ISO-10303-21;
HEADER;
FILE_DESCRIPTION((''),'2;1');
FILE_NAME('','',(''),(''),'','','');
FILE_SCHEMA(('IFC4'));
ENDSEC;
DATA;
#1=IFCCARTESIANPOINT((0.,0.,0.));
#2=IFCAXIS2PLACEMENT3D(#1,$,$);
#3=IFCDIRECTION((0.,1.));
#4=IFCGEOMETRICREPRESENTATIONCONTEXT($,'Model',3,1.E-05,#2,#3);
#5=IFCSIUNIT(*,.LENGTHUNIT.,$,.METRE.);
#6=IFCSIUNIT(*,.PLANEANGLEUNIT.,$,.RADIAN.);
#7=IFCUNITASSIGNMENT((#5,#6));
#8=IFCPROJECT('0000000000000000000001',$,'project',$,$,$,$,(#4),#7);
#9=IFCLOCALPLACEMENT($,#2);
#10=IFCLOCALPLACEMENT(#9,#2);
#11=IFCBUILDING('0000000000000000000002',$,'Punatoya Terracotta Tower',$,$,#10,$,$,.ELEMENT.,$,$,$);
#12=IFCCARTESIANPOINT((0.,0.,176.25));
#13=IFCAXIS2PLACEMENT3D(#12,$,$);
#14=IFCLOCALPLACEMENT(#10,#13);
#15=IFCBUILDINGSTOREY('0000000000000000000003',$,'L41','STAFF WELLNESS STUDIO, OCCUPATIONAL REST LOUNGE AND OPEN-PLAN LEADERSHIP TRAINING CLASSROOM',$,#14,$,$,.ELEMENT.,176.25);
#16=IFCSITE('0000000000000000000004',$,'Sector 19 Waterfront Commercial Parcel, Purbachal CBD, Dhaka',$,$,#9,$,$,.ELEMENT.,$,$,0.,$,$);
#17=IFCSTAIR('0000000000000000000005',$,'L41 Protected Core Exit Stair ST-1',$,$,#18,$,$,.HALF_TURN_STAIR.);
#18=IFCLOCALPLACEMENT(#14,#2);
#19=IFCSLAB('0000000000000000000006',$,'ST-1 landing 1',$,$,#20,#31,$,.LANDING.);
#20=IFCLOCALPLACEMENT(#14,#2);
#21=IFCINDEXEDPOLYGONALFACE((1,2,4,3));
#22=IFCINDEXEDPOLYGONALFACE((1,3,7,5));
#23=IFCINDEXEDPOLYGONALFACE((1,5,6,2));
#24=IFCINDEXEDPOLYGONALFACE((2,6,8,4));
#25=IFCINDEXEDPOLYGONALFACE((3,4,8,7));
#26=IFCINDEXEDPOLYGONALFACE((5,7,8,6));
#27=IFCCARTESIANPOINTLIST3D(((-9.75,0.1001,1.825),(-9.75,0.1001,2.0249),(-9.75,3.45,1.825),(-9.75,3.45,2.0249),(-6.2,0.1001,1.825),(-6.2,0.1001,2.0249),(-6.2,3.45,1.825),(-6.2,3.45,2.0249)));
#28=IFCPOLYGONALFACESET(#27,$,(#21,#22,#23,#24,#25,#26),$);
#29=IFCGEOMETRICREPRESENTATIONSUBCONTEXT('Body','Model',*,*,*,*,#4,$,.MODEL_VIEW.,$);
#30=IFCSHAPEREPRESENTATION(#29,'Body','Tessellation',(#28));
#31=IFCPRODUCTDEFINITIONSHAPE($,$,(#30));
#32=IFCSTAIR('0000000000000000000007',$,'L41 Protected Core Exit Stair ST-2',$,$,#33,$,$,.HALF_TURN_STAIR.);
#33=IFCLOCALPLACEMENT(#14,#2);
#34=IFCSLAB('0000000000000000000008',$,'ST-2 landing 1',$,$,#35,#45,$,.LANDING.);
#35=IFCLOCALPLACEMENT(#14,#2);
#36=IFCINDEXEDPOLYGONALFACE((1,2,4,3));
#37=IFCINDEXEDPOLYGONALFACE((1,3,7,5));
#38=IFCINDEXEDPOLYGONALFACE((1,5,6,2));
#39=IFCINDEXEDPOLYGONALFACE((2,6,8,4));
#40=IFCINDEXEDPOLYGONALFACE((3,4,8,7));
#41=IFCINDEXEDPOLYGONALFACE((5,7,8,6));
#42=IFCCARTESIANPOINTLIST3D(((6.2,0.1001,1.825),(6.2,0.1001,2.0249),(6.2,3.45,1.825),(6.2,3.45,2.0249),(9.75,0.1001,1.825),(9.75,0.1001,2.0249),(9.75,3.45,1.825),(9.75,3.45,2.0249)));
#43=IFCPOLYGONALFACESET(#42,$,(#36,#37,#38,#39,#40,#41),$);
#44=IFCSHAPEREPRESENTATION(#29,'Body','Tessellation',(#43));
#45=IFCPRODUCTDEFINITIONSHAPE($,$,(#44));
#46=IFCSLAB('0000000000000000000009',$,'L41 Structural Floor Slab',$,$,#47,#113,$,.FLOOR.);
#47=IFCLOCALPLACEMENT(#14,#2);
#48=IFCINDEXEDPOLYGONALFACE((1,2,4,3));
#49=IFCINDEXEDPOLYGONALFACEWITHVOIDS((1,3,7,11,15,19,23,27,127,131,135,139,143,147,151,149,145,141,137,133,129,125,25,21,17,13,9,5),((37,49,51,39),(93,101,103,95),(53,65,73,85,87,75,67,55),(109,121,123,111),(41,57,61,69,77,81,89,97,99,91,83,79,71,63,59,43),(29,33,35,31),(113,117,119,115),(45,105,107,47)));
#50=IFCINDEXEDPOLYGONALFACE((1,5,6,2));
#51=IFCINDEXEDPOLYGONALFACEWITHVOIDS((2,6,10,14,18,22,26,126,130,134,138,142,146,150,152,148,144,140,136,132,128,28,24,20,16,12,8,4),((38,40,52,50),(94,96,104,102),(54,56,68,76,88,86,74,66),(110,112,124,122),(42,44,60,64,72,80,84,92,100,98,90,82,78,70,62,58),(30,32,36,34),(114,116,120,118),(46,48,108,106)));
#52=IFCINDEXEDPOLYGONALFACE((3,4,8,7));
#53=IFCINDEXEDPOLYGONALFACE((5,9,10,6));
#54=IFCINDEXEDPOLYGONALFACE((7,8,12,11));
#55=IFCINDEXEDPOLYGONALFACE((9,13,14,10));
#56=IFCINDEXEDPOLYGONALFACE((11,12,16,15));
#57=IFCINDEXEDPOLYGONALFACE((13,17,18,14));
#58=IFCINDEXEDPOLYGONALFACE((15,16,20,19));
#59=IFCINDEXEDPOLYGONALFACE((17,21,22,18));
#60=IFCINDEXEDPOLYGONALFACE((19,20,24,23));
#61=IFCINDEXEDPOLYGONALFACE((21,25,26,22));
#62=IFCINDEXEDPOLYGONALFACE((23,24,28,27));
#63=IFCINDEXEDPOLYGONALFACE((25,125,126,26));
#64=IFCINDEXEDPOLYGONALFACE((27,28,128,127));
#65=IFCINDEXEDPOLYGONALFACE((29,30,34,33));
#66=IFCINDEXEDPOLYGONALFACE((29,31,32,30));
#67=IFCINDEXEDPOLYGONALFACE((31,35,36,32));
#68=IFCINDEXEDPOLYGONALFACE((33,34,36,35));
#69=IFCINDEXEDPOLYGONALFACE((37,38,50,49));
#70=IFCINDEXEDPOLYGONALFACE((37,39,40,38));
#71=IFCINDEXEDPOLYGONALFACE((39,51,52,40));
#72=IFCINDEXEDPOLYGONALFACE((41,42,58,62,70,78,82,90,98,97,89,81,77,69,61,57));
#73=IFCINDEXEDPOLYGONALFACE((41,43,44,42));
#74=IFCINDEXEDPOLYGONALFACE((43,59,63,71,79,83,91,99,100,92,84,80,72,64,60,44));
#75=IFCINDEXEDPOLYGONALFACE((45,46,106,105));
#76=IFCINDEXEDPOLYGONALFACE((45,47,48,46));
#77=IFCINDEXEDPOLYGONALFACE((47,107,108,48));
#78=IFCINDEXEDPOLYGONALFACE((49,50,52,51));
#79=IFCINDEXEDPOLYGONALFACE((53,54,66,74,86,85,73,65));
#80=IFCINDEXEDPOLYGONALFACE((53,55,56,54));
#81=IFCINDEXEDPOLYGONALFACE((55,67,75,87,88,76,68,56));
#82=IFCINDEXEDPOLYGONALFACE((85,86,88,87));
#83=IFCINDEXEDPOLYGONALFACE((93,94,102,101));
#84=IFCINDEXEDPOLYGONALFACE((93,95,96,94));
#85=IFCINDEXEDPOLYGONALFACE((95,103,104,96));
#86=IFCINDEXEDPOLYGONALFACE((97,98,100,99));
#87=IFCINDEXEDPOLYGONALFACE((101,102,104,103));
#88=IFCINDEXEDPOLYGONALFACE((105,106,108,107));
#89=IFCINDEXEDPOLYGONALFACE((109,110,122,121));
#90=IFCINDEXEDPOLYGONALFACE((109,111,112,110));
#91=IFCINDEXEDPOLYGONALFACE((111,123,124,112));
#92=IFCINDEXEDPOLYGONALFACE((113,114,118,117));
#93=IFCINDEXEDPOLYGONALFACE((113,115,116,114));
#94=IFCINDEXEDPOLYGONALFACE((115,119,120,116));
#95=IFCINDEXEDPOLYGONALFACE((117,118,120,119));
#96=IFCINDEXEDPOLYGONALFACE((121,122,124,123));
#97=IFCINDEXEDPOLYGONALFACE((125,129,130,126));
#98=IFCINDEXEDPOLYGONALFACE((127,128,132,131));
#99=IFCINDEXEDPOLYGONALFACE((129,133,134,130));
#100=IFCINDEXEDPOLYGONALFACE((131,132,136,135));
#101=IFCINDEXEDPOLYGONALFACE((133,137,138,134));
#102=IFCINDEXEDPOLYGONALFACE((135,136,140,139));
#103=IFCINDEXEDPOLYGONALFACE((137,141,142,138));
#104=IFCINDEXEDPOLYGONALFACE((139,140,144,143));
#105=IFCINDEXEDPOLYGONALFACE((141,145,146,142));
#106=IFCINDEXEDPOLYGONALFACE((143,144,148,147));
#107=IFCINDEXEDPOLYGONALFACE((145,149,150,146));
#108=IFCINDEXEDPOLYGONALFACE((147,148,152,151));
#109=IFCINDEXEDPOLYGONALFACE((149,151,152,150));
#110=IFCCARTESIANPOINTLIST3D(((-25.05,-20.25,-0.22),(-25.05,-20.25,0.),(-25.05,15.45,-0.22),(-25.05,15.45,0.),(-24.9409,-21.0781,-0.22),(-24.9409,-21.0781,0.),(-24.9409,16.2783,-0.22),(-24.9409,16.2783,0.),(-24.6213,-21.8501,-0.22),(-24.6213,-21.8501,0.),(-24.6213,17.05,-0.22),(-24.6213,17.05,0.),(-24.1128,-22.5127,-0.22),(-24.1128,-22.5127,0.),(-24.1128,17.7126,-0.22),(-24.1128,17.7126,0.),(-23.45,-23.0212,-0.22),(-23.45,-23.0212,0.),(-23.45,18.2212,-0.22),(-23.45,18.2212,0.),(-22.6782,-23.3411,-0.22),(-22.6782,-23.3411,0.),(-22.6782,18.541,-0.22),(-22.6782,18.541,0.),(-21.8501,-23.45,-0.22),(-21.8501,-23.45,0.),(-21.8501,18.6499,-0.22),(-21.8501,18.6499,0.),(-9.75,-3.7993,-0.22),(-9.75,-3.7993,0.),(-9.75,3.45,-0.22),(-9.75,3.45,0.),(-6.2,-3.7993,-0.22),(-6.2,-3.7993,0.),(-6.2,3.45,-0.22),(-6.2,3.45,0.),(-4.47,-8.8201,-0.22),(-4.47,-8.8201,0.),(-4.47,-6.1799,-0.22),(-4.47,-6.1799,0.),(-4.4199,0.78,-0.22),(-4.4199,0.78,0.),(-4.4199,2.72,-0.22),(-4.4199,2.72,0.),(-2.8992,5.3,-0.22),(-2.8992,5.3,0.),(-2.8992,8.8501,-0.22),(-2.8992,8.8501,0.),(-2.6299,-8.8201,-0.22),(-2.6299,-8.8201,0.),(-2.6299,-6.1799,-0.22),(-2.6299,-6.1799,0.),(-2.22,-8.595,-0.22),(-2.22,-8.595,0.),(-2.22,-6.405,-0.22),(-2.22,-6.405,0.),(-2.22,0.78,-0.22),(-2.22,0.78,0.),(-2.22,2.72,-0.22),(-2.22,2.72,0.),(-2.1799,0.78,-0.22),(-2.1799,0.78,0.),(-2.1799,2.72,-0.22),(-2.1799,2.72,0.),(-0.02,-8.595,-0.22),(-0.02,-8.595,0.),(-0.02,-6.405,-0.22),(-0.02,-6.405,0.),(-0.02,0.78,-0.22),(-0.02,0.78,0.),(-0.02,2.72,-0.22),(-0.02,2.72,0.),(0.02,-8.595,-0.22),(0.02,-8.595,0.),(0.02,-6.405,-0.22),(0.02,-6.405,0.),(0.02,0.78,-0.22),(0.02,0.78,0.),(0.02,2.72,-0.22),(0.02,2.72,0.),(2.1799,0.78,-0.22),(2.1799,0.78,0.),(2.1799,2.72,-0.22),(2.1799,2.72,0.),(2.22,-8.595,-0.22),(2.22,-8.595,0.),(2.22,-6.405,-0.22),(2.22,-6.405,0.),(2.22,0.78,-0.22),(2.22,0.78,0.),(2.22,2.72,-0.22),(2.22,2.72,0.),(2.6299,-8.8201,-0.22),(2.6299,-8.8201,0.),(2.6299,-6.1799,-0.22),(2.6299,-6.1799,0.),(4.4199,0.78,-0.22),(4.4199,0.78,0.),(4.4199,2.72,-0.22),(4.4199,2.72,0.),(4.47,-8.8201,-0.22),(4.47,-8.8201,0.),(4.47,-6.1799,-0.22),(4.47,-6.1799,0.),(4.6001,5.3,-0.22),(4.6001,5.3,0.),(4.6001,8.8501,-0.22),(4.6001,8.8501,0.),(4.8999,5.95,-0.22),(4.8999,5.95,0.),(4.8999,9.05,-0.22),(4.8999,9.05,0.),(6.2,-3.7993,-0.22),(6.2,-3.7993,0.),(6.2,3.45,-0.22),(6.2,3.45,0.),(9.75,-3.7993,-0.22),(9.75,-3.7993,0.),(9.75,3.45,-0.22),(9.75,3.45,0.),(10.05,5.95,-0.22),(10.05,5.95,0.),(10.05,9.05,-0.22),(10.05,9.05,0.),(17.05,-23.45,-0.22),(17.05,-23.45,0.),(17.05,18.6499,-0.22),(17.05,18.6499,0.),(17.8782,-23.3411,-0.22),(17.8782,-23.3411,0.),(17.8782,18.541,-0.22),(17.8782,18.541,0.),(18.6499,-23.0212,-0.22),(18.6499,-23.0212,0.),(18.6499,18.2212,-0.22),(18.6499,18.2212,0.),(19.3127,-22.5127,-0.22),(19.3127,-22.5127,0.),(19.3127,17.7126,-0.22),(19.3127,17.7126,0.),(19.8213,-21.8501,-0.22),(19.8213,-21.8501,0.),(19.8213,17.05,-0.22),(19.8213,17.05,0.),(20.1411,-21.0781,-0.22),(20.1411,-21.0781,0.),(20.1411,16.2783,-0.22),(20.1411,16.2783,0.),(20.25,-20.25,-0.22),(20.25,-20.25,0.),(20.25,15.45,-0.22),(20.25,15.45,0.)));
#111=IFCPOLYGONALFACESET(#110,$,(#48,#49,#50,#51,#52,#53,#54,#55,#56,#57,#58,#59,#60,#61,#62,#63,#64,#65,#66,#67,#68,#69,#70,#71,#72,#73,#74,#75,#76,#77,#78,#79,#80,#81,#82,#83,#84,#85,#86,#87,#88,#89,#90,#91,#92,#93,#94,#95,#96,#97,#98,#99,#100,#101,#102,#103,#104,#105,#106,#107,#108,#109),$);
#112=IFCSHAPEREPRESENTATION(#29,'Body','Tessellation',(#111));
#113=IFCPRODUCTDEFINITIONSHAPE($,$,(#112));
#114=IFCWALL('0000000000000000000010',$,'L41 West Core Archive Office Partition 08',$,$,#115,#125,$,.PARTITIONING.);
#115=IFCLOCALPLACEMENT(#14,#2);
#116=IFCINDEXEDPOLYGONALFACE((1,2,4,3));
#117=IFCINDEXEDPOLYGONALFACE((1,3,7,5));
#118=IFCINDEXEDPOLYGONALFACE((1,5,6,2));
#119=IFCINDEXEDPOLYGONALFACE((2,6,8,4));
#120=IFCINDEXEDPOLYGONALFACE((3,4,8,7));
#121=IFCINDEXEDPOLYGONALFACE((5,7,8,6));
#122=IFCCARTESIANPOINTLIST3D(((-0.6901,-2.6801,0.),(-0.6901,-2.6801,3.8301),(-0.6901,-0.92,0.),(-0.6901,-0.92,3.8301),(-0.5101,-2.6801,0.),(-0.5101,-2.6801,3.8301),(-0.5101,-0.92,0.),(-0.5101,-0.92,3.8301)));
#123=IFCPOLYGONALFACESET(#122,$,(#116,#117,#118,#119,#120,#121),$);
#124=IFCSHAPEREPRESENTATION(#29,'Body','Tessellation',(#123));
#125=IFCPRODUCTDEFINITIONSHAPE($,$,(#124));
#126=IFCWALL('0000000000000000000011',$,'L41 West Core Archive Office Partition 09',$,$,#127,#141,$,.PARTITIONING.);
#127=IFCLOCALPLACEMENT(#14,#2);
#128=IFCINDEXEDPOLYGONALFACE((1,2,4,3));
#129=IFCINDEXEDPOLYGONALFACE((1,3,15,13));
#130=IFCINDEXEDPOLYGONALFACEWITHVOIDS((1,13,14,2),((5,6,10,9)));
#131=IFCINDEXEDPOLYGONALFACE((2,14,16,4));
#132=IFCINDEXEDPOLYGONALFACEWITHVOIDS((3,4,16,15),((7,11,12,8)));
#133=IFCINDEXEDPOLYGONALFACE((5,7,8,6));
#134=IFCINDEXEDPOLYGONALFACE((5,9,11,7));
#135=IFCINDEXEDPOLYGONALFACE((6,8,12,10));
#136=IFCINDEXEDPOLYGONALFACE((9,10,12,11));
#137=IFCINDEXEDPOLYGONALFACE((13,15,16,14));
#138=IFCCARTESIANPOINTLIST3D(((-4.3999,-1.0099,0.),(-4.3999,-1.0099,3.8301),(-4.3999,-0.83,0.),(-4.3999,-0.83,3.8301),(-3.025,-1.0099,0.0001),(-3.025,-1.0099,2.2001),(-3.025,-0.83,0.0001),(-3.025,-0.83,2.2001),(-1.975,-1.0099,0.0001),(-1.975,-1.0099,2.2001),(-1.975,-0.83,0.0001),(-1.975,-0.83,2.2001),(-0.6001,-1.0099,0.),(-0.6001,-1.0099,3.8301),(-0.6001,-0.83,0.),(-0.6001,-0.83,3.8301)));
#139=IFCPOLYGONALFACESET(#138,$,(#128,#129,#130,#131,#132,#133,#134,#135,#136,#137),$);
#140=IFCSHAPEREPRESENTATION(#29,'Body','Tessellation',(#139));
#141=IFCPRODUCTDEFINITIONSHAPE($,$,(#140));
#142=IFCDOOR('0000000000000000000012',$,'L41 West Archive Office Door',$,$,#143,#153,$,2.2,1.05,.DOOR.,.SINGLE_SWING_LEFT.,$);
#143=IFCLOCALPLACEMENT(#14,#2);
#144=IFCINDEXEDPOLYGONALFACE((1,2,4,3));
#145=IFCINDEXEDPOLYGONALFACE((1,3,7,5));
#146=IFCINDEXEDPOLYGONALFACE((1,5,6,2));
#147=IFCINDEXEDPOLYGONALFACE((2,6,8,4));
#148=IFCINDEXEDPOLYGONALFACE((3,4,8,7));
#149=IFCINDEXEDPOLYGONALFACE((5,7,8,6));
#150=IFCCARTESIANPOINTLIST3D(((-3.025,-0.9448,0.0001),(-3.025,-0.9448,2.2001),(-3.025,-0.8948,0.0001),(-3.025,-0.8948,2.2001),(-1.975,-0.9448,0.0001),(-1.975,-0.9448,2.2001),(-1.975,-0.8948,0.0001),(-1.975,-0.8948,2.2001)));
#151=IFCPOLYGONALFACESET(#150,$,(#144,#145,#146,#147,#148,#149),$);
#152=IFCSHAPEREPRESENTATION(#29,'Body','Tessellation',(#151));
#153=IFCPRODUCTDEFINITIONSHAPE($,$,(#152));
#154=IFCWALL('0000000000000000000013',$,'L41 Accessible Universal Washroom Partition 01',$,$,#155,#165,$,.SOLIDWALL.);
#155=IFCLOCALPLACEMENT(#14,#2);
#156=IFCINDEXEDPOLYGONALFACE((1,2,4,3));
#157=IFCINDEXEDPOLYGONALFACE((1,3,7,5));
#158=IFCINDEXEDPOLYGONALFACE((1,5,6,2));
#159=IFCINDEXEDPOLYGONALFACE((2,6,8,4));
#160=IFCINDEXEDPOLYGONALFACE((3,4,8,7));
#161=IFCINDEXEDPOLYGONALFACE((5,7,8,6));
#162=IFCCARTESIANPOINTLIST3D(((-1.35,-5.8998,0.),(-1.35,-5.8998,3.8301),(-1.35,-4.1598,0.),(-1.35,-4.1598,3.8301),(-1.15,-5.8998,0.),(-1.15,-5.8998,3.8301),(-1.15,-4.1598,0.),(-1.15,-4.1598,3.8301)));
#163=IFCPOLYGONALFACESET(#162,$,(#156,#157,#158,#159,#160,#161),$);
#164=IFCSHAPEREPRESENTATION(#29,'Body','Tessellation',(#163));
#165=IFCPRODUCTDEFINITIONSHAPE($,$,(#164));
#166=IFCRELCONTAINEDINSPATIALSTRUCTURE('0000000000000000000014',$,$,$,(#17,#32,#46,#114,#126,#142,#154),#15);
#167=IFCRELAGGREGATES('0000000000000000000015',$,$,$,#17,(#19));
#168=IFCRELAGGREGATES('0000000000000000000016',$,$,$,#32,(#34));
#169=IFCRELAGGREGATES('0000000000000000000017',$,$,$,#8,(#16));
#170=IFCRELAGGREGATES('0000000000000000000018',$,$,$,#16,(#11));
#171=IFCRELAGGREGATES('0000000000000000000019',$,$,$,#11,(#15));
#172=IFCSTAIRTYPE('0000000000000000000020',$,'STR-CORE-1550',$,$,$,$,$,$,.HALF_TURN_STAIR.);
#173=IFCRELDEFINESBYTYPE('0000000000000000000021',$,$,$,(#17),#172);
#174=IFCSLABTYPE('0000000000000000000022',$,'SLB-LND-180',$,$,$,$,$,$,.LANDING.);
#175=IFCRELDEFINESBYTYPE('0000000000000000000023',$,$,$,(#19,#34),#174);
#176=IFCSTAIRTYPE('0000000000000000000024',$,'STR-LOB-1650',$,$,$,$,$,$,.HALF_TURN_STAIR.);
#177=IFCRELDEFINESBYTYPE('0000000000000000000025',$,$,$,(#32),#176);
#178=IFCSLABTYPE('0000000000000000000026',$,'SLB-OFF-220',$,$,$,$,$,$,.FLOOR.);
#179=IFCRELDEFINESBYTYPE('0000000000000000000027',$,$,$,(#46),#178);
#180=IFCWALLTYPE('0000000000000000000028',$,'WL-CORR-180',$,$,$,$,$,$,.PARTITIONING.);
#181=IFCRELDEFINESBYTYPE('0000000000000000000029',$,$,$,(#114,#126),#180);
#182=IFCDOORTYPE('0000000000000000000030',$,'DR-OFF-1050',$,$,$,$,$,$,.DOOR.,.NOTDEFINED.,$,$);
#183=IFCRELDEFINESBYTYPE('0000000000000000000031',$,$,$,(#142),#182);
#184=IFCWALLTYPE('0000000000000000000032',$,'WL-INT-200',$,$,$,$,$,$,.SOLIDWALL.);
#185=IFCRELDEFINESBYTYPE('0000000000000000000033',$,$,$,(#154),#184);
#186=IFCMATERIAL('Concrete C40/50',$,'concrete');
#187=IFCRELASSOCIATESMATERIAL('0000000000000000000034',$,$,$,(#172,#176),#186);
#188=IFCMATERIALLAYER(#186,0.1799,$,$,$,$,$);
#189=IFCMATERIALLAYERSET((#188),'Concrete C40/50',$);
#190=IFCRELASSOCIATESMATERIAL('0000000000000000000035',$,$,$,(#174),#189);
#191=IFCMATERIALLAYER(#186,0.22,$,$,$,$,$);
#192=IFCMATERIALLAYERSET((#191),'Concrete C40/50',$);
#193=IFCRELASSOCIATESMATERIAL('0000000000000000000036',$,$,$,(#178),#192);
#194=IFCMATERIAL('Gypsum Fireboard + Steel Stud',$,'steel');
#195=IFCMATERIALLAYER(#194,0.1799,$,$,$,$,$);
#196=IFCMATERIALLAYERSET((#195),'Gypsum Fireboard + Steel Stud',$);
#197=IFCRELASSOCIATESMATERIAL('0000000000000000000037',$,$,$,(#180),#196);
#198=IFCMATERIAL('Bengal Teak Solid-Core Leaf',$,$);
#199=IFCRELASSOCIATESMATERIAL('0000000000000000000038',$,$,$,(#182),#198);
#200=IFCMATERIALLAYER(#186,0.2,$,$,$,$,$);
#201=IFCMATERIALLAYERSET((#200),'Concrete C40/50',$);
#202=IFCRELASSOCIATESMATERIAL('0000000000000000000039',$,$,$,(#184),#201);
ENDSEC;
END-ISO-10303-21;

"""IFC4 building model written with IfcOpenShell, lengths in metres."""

from ifc_helpers import new_model, si_unit, direction, frame, frame_2d, origin, place, context, subcontext, project, spatial, polyline, rectangle, outline, extrude, material, layer, layer_set, type_object, element, fill, aggregate, save


model = new_model("IFC4")

# Units and contexts
model_context = context("Model", 3, precision=1e-05, world=origin(), true_north=direction((0.0, 1.0)))
body_context = subcontext(model_context, "Body", "Model", "MODEL_VIEW")
ifc_project = project(units=[si_unit("LENGTHUNIT", "METRE"), si_unit("PLANEANGLEUNIT", "RADIAN")], contexts=[model_context])

# Site, building, storey
site_placement = place(None, origin())
site = spatial("IfcSite", under=ifc_project, at=site_placement, Name="Sector 19 Waterfront Commercial Parcel, Purbachal CBD, Dhaka", CompositionType="ELEMENT", RefElevation=0.0)
building_placement = place(site_placement, origin())
building = spatial("IfcBuilding", under=site, at=building_placement, Name="Punatoya Terracotta Tower", CompositionType="ELEMENT")
storey_placement = place(building_placement, frame((0.0, 0.0, 176.25)))
storey = spatial("IfcBuildingStorey", under=building, at=storey_placement, Name="L41", Description="STAFF WELLNESS STUDIO, OCCUPATIONAL REST LOUNGE AND OPEN-PLAN LEADERSHIP TRAINING CLASSROOM", CompositionType="ELEMENT", Elevation=176.25)

# Stairs, slabs
ifc_material_1 = material(Name="Concrete C40/50", Category="concrete")
stair_type_1 = type_object("IfcStairType", Name="STR-CORE-1550", PredefinedType="HALF_TURN_STAIR", material=ifc_material_1)
stair_1_placement = place(storey_placement, origin())
stair_1 = element("IfcStair", 1, at=stair_1_placement, inside=storey, type_object=stair_type_1, Name="L41 Protected Core Exit Stair ST-1", PredefinedType="HALF_TURN_STAIR")
ifc_layer_1 = layer(ifc_material_1, 0.1799)
ifc_layer_set_1 = layer_set([ifc_layer_1], Name="Concrete C40/50")
slab_type_1 = type_object("IfcSlabType", Name="SLB-LND-180", PredefinedType="LANDING", material=ifc_layer_set_1)
slab_1_placement = place(storey_placement, frame((0.0, 0.0, 1.825)))
slab_1 = element("IfcSlab", 2, at=slab_1_placement, type_object=slab_type_1, Name="ST-1 landing 1", PredefinedType="LANDING", context=body_context, shape_type="SweptSolid", body=[
    extrude(outline(polyline([(-6.2, 0.1001), (-6.2, 3.45), (-9.75, 3.45), (-9.75, 0.1001), (-6.2, 0.1001)])), origin(), (0.0, 0.0, 1.0), 0.2),
])
aggregate(stair_1, [slab_1])
stair_type_2 = type_object("IfcStairType", Name="STR-LOB-1650", PredefinedType="HALF_TURN_STAIR", material=ifc_material_1)
stair_2_placement = place(storey_placement, origin())
stair_2 = element("IfcStair", 3, at=stair_2_placement, inside=storey, type_object=stair_type_2, Name="L41 Protected Core Exit Stair ST-2", PredefinedType="HALF_TURN_STAIR")
slab_2_placement = place(storey_placement, frame((0.0, 0.0, 1.825)))
slab_2 = element("IfcSlab", 4, at=slab_2_placement, type_object=slab_type_1, Name="ST-2 landing 1", PredefinedType="LANDING", context=body_context, shape_type="SweptSolid", body=[
    extrude(outline(polyline([(9.75, 0.1001), (9.75, 3.45), (6.2, 3.45), (6.2, 0.1001), (9.75, 0.1001)])), origin(), (0.0, 0.0, 1.0), 0.2),
])
aggregate(stair_2, [slab_2])

# Slab
ifc_layer_2 = layer(ifc_material_1, 0.22)
ifc_layer_set_2 = layer_set([ifc_layer_2], Name="Concrete C40/50")
slab_type_2 = type_object("IfcSlabType", Name="SLB-OFF-220", PredefinedType="FLOOR", material=ifc_layer_set_2)
slab_3_placement = place(storey_placement, frame((0.0, 0.0, -0.22)))
element("IfcSlab", 5, at=slab_3_placement, inside=storey, type_object=slab_type_2, Name="L41 Structural Floor Slab", PredefinedType="FLOOR", context=body_context, shape_type="SweptSolid", body=[
    extrude(outline(polyline([(-21.8501, -23.45), (-22.6782, -23.3411), (-23.45, -23.0212), (-24.1128, -22.5127), (-24.6213, -21.8501), (-24.9409, -21.0781), (-25.05, -20.25), (-25.05, 15.45), (-24.9409, 16.2783), (-24.6213, 17.05), (-24.1128, 17.7126), (-23.45, 18.2212), (-22.6782, 18.541), (-21.8501, 18.6499), (17.05, 18.6499), (17.8782, 18.541), (18.6499, 18.2212), (19.3127, 17.7126), (19.8213, 17.05), (20.1411, 16.2783), (20.25, 15.45), (20.25, -20.25), (20.1411, -21.0781), (19.8213, -21.8501), (19.3127, -22.5127), (18.6499, -23.0212), (17.8782, -23.3411), (17.05, -23.45), (-21.8501, -23.45)]), holes=[polyline([(-2.6299, -6.1799), (-4.47, -6.1799), (-4.47, -8.8201), (-2.6299, -8.8201), (-2.6299, -6.1799)]), polyline([(0.02, -8.595), (2.22, -8.595), (2.22, -6.405), (0.02, -6.405), (-0.02, -6.405), (-2.22, -6.405), (-2.22, -8.595), (-0.02, -8.595), (0.02, -8.595)]), polyline([(-6.2, 3.45), (-9.75, 3.45), (-9.75, -3.7993), (-6.2, -3.7993), (-6.2, 3.45)]), polyline([(-4.4199, 2.72), (-4.4199, 0.78), (-2.22, 0.78), (-2.1799, 0.78), (-0.02, 0.78), (0.02, 0.78), (2.1799, 0.78), (2.22, 0.78), (4.4199, 0.78), (4.4199, 2.72), (2.22, 2.72), (2.1799, 2.72), (0.02, 2.72), (-0.02, 2.72), (-2.1799, 2.72), (-2.22, 2.72), (-4.4199, 2.72)]), polyline([(4.6001, 5.3), (4.6001, 8.8501), (-2.8992, 8.8501), (-2.8992, 5.3), (4.6001, 5.3)]), polyline([(4.47, -8.8201), (4.47, -6.1799), (2.6299, -6.1799), (2.6299, -8.8201), (4.47, -8.8201)]), polyline([(9.75, 3.45), (6.2, 3.45), (6.2, -3.7993), (9.75, -3.7993), (9.75, 3.45)]), polyline([(10.05, 5.95), (10.05, 9.05), (4.8999, 9.05), (4.8999, 5.95), (10.05, 5.95)])]), origin(), (0.0, 0.0, 1.0), 0.22),
])

# Wall
ifc_material_2 = material(Name="Gypsum Fireboard + Steel Stud", Category="steel")
ifc_layer_3 = layer(ifc_material_2, 0.1799)
ifc_layer_set_3 = layer_set([ifc_layer_3], Name="Gypsum Fireboard + Steel Stud")
wall_type_1 = type_object("IfcWallType", Name="WL-CORR-180", PredefinedType="PARTITIONING", material=ifc_layer_set_3)
wall_1_placement = place(storey_placement, frame((-0.6001, -2.6799, 0.0), z_axis=(0.0, 0.0, 1.0), x_axis=(0.0, 1.0, 0.0)))
element("IfcWall", 6, at=wall_1_placement, inside=storey, type_object=wall_type_1, Name="L41 West Core Archive Office Partition 08", PredefinedType="PARTITIONING", context=body_context, shape_type="SweptSolid", body=[
    extrude(rectangle(XDim=1.76, YDim=0.1799, at=frame_2d((0.8799, 0.0))), origin(), (0.0, 0.0, 1.0), 3.8301),
])

# Wall, opening, door
wall_2_placement = place(storey_placement, frame((-0.6001, -0.9199, 0.0), z_axis=(0.0, 0.0, 1.0), x_axis=(-1.0, 0.0, 0.0)))
wall_2 = element("IfcWall", 7, at=wall_2_placement, inside=storey, type_object=wall_type_1, Name="L41 West Core Archive Office Partition 09", PredefinedType="PARTITIONING", context=body_context, shape_type="SweptSolid", body=[
    extrude(rectangle(XDim=3.7998, YDim=0.1799, at=frame_2d((1.8999, 0.0))), origin(), (0.0, 0.0, 1.0), 3.8301),
])
opening_1_placement = place(wall_2_placement, frame((1.375, 0.0, 0.0)))
opening_1 = element("IfcOpeningElement", 8, at=opening_1_placement, cuts=wall_2, PredefinedType="OPENING", context=body_context, shape_type="SweptSolid", body=[
    extrude(rectangle(XDim=1.05, YDim=2.2, at=frame_2d((0.5249, 1.1001))), frame((0.0, 0.0999, 0.0), z_axis=(0.0, -1.0, 0.0), x_axis=(1.0, 0.0, 0.0)), (0.0, 0.0, 1.0), 0.2),
])
ifc_material_3 = material(Name="Bengal Teak Solid-Core Leaf")
door_type_1 = type_object("IfcDoorType", Name="DR-OFF-1050", OperationType="NOTDEFINED", PredefinedType="DOOR", material=ifc_material_3)
door_1_placement = place(opening_1_placement, origin())
door_1 = element("IfcDoor", 9, at=door_1_placement, inside=storey, type_object=door_type_1, Name="L41 West Archive Office Door", OperationType="SINGLE_SWING_LEFT", OverallHeight=2.2, OverallWidth=1.05, PredefinedType="DOOR", context=body_context, shape_type="SweptSolid", body=[
    extrude(rectangle(XDim=1.05, YDim=2.2, at=frame_2d((0.5249, 1.1001))), frame((0.0, 0.0249, 0.0), z_axis=(0.0, -1.0, 0.0), x_axis=(1.0, 0.0, 0.0)), (0.0, 0.0, 1.0), 0.05),
])
fill(opening_1, door_1)

# Wall
ifc_layer_4 = layer(ifc_material_1, 0.2)
ifc_layer_set_4 = layer_set([ifc_layer_4], Name="Concrete C40/50")
wall_type_2 = type_object("IfcWallType", Name="WL-INT-200", PredefinedType="SOLIDWALL", material=ifc_layer_set_4)
wall_3_placement = place(storey_placement, frame((-1.25, -5.8999, 0.0), z_axis=(0.0, 0.0, 1.0), x_axis=(0.0, 1.0, 0.0)))
element("IfcWall", 10, at=wall_3_placement, inside=storey, type_object=wall_type_2, Name="L41 Accessible Universal Washroom Partition 01", PredefinedType="SOLIDWALL", context=body_context, shape_type="SweptSolid", body=[
    extrude(rectangle(XDim=1.74, YDim=0.2, at=frame_2d((0.8701, 0.0))), origin(), (0.0, 0.0, 1.0), 3.8301),
])

save(model, "model.ifc")
